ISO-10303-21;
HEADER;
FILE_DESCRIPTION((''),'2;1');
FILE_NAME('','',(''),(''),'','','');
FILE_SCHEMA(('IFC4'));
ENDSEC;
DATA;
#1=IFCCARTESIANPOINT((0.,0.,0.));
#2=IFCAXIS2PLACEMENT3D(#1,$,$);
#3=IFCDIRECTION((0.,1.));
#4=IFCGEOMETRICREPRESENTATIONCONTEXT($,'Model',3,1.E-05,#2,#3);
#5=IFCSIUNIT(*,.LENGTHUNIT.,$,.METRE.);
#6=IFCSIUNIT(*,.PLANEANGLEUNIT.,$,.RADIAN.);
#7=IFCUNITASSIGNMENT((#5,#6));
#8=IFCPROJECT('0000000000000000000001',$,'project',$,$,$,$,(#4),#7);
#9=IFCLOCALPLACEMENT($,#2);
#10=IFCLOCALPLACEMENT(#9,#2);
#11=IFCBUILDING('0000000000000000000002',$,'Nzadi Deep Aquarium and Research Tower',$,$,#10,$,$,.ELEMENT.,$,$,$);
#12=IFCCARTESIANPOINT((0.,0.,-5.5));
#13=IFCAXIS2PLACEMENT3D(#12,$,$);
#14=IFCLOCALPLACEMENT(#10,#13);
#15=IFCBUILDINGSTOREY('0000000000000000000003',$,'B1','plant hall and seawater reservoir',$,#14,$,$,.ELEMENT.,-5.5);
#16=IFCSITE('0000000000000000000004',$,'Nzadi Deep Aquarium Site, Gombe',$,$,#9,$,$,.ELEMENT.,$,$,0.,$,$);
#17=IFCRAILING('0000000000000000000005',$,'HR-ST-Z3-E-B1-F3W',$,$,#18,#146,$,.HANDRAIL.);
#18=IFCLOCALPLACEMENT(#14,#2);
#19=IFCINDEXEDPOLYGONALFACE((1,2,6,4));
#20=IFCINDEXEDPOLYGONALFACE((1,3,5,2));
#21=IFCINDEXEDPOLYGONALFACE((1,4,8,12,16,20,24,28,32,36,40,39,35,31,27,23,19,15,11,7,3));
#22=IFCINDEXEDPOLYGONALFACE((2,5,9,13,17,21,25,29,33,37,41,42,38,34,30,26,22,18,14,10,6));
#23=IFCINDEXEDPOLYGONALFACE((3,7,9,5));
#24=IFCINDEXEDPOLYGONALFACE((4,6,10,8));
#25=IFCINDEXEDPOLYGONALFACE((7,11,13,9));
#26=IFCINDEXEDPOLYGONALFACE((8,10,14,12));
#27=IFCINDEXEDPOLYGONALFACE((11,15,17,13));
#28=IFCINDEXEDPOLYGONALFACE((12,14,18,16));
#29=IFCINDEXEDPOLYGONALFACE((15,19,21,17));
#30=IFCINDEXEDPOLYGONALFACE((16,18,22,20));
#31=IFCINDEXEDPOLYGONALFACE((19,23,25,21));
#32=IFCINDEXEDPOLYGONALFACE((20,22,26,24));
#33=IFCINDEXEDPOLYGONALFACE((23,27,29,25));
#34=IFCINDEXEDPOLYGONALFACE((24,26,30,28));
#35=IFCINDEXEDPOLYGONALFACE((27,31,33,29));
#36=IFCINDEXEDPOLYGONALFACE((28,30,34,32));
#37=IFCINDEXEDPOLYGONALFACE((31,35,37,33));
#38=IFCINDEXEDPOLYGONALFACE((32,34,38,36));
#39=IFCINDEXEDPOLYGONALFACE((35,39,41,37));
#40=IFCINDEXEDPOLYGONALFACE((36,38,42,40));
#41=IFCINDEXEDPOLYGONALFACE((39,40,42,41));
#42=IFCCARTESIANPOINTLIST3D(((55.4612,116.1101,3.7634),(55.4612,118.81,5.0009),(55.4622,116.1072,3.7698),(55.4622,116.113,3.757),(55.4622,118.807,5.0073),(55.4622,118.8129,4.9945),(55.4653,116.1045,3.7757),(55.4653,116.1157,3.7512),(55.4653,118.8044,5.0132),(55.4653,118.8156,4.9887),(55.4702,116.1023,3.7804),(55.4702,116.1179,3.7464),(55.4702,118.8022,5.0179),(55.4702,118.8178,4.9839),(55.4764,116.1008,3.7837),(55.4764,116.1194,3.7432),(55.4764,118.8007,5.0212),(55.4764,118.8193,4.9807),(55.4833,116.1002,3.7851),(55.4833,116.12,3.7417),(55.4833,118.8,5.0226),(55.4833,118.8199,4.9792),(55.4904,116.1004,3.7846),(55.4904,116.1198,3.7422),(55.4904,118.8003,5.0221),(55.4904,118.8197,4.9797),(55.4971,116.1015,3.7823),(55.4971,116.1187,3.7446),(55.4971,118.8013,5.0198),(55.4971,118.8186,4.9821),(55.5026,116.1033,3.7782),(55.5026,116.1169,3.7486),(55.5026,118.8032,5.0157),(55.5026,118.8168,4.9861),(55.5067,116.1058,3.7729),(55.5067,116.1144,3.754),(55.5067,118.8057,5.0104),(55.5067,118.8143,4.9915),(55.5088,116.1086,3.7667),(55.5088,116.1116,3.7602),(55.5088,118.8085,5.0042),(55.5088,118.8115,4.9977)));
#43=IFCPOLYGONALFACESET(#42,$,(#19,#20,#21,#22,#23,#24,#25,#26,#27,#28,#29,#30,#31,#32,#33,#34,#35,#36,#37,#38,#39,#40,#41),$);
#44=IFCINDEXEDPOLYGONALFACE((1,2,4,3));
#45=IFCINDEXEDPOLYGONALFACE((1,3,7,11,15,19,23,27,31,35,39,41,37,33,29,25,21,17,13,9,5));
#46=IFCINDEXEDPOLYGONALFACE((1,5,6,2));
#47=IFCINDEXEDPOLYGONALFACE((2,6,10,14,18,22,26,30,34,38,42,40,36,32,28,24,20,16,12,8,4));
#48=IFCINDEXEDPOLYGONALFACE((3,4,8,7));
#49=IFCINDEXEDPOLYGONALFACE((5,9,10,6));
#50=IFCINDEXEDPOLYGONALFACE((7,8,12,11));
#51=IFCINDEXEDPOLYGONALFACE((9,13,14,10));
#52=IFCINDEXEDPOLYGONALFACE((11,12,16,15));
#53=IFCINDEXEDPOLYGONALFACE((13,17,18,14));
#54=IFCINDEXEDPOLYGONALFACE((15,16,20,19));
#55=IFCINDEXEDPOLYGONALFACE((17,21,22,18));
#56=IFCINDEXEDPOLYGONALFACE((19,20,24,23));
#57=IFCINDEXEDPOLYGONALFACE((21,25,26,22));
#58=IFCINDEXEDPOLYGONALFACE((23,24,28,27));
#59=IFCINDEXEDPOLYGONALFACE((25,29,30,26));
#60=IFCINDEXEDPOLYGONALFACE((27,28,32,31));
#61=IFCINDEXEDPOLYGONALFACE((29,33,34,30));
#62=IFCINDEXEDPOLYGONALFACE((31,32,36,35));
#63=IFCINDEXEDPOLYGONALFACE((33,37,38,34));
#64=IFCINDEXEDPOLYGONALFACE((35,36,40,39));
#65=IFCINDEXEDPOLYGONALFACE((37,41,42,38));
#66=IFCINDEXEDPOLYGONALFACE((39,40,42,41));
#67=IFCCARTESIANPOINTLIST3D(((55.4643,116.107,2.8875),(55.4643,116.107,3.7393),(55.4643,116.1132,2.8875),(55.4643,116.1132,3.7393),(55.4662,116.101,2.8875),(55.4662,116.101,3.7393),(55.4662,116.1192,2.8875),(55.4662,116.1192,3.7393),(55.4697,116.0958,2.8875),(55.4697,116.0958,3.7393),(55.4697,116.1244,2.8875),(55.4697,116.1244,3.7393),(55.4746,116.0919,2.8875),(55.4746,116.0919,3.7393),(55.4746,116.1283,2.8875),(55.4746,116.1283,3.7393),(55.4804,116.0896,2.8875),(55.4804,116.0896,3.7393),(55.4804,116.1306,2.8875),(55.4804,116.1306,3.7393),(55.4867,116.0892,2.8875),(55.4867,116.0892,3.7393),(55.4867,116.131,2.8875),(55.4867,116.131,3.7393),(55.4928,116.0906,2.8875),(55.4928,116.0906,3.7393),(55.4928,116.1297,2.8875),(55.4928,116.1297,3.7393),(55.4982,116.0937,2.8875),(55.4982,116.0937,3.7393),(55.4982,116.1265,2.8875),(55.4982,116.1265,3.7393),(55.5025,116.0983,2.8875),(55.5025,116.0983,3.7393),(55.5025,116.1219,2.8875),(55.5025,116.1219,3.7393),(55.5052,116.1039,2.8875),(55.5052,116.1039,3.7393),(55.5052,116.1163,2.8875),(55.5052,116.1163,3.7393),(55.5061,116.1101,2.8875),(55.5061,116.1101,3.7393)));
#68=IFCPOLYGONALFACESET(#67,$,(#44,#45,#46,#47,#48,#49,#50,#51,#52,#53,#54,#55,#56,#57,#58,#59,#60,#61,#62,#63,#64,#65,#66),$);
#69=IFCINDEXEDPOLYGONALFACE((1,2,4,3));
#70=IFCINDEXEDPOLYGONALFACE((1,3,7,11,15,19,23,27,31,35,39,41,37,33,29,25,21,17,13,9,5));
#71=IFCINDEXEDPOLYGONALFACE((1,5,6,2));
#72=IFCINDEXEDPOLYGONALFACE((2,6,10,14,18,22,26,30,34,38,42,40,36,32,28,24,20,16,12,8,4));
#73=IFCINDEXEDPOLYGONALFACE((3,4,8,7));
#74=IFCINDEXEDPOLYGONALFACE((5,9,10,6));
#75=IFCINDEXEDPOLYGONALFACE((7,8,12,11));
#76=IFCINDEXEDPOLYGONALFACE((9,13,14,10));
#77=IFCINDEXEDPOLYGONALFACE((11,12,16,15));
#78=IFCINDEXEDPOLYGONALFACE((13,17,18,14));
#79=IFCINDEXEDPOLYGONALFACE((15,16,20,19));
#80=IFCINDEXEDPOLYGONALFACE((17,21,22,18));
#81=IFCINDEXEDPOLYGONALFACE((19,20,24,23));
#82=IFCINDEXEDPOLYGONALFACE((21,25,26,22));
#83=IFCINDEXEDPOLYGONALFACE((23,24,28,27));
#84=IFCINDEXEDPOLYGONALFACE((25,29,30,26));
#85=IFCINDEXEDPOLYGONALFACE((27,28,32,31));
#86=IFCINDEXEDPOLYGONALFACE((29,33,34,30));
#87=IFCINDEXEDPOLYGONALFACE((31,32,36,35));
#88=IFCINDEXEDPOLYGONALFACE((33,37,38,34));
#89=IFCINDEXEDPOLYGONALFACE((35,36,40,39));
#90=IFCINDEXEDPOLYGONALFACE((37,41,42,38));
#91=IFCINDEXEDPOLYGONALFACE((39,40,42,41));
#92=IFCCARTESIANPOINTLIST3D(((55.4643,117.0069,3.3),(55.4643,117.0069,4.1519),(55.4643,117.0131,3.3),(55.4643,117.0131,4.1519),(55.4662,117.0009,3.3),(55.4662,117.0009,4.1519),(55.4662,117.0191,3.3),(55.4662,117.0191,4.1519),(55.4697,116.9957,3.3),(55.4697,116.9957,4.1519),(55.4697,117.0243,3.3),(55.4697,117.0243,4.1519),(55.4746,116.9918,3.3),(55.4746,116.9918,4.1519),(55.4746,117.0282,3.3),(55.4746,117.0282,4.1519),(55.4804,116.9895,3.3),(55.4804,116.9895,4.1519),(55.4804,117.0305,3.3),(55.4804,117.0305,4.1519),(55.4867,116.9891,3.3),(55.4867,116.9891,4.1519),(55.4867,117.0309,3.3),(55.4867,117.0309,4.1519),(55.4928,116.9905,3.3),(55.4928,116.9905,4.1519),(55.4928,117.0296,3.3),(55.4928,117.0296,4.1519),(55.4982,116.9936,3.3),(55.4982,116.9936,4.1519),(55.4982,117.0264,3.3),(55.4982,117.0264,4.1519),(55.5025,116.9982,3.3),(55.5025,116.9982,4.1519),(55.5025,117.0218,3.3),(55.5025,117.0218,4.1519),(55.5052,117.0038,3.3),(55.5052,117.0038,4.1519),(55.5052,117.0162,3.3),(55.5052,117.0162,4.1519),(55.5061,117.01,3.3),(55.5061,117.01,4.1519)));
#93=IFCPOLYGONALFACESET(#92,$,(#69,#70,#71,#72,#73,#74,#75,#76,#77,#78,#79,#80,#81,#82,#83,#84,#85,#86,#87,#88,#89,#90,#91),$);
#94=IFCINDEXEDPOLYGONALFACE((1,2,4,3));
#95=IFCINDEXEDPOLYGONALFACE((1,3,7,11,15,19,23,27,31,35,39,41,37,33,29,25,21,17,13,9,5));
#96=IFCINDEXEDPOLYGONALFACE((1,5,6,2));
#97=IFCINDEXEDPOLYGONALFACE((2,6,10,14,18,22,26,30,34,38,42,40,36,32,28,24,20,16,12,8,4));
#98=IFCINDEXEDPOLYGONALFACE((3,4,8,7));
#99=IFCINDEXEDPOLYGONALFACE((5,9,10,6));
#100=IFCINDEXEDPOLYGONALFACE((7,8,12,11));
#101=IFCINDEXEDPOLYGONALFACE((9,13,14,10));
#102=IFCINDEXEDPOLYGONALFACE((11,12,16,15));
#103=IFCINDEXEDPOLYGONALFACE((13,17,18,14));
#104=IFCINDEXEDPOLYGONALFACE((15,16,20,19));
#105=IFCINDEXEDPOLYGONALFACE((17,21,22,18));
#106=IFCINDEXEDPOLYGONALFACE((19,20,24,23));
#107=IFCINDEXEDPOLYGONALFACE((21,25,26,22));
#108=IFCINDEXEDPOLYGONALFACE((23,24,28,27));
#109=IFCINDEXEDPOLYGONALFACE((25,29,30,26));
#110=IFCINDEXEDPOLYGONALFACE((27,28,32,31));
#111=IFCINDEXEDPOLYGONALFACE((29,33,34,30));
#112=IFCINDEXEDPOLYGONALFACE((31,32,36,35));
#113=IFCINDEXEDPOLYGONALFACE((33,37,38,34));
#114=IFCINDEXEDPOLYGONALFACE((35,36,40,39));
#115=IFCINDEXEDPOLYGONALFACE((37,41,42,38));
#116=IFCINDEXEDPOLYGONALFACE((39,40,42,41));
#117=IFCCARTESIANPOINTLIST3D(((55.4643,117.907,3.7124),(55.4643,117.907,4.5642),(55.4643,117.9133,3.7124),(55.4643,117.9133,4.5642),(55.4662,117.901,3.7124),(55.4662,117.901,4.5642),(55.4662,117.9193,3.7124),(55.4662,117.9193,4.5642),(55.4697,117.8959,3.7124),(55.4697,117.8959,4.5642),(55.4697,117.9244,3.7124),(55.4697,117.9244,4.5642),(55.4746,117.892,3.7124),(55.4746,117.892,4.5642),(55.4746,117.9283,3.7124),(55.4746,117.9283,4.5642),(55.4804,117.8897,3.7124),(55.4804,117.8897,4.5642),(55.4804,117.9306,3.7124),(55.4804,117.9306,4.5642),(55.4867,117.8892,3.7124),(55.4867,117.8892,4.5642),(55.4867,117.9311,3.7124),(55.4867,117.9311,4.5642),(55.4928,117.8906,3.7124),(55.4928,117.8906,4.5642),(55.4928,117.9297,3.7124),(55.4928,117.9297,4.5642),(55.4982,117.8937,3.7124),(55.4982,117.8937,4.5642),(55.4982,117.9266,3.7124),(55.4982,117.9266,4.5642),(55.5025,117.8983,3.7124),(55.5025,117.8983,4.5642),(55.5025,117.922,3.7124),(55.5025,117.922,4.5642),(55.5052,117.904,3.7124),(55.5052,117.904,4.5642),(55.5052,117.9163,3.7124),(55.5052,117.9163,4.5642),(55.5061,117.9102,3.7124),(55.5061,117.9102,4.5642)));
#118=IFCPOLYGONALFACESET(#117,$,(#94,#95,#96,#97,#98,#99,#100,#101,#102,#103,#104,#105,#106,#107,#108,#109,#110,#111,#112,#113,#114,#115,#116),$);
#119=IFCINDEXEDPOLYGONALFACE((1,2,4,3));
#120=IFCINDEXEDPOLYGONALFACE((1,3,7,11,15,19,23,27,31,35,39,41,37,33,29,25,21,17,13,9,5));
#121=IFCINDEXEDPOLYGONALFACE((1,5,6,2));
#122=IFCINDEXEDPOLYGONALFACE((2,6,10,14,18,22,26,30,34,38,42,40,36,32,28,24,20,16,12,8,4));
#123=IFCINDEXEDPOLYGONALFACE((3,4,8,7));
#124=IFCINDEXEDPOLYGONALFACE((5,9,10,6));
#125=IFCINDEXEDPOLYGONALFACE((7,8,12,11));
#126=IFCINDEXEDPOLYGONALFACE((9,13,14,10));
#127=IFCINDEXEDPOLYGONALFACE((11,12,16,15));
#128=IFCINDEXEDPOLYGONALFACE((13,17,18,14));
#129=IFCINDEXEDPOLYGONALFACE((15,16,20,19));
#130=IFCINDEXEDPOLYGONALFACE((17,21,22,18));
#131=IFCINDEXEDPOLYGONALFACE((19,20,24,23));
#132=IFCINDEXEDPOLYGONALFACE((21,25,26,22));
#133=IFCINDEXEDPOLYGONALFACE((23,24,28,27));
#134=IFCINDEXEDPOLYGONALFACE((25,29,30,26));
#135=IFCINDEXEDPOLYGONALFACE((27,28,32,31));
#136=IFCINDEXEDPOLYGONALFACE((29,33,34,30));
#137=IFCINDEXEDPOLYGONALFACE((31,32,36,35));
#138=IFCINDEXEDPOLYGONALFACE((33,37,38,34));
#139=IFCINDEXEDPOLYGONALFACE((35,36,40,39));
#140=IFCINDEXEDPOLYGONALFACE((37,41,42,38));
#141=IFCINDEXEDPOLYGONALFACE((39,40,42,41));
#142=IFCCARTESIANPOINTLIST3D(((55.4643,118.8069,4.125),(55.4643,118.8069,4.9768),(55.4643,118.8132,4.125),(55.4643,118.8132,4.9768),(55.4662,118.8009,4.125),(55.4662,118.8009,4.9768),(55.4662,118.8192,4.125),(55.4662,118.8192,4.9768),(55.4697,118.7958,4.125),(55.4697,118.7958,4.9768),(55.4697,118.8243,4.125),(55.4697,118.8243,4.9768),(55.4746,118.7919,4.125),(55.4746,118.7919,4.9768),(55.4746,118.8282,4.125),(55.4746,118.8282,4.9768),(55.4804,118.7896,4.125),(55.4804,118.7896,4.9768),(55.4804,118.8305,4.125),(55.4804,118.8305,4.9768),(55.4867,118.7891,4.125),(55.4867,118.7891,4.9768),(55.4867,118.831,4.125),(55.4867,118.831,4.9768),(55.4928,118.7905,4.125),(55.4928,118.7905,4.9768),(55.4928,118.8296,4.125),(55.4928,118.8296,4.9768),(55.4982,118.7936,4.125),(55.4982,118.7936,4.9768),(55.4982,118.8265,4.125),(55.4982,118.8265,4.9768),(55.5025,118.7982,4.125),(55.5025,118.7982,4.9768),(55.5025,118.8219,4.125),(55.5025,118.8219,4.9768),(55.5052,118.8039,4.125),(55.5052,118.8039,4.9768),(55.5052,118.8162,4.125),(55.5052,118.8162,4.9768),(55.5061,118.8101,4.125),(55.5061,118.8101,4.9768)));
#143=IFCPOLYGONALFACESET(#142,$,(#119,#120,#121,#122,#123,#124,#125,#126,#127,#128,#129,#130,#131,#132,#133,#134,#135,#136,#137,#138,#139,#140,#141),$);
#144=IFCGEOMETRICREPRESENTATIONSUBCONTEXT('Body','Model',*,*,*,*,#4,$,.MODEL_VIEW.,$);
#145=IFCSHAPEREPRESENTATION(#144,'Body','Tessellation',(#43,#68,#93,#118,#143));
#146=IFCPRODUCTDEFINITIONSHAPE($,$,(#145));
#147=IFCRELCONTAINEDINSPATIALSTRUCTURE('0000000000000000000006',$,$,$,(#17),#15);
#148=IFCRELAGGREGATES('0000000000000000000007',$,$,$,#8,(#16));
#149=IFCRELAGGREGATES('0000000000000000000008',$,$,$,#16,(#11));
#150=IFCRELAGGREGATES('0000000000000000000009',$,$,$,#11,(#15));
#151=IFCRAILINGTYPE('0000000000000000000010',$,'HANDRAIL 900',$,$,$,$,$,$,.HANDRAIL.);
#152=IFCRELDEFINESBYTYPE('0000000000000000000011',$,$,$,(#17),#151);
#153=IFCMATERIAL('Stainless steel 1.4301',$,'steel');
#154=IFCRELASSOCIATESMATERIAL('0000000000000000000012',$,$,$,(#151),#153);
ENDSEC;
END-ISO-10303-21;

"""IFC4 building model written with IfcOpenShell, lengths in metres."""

from ifc_helpers import new_model, si_unit, direction, frame, origin, origin_2d, place, context, subcontext, project, spatial, circle, extrude, material, type_object, element, save


model = new_model("IFC4")

# Units and contexts
model_context = context("Model", 3, precision=1e-05, world=origin(), true_north=direction((0.0, 1.0)))
body_context = subcontext(model_context, "Body", "Model", "MODEL_VIEW")
ifc_project = project(units=[si_unit("LENGTHUNIT", "METRE"), si_unit("PLANEANGLEUNIT", "RADIAN")], contexts=[model_context])

# Site, building, storey
site_placement = place(None, origin())
site = spatial("IfcSite", under=ifc_project, at=site_placement, Name="Nzadi Deep Aquarium Site, Gombe", CompositionType="ELEMENT", RefElevation=0.0)
building_placement = place(site_placement, origin())
building = spatial("IfcBuilding", under=site, at=building_placement, Name="Nzadi Deep Aquarium and Research Tower", CompositionType="ELEMENT")
storey_placement = place(building_placement, frame((0.0, 0.0, -5.5)))
storey = spatial("IfcBuildingStorey", under=building, at=storey_placement, Name="B1", Description="plant hall and seawater reservoir", CompositionType="ELEMENT", Elevation=-5.5)

# Railing
ifc_material_1 = material(Name="Stainless steel 1.4301", Category="steel")
railing_type = type_object("IfcRailingType", Name="HANDRAIL 900", PredefinedType="HANDRAIL", material=ifc_material_1)
for number, where, name in (
    (1, (55.4851, 116.1101, 2.8875), "HR-ST-Z3-E-B1-F3W"),
):
    element("IfcRailing", number, at=place(storey_placement, frame(where)), inside=storey, type_object=railing_type, Name=name, PredefinedType="HANDRAIL", context=body_context, shape_type="SweptSolid", body=[
        extrude(circle(Radius=0.0239, at=origin_2d()), frame((0.0, 0.0, 0.876), z_axis=(0.0, 0.909056, 0.416675), x_axis=(-1.0, 0.0, 0.0)), (0.0, 0.0, 1.0), 2.97),
        extrude(circle(Radius=0.021, at=origin_2d()), origin(), (0.0, 0.0, 1.0), 0.8518),
        extrude(circle(Radius=0.021, at=origin_2d()), frame((0.0, 0.8999, 0.4126)), (0.0, 0.0, 1.0), 0.8518),
        extrude(circle(Radius=0.021, at=origin_2d()), frame((0.0, 1.8, 0.825)), (0.0, 0.0, 1.0), 0.8518),
        extrude(circle(Radius=0.021, at=origin_2d()), frame((0.0, 2.7, 1.2375)), (0.0, 0.0, 1.0), 0.8518),
    ])

save(model, "model.ifc")
